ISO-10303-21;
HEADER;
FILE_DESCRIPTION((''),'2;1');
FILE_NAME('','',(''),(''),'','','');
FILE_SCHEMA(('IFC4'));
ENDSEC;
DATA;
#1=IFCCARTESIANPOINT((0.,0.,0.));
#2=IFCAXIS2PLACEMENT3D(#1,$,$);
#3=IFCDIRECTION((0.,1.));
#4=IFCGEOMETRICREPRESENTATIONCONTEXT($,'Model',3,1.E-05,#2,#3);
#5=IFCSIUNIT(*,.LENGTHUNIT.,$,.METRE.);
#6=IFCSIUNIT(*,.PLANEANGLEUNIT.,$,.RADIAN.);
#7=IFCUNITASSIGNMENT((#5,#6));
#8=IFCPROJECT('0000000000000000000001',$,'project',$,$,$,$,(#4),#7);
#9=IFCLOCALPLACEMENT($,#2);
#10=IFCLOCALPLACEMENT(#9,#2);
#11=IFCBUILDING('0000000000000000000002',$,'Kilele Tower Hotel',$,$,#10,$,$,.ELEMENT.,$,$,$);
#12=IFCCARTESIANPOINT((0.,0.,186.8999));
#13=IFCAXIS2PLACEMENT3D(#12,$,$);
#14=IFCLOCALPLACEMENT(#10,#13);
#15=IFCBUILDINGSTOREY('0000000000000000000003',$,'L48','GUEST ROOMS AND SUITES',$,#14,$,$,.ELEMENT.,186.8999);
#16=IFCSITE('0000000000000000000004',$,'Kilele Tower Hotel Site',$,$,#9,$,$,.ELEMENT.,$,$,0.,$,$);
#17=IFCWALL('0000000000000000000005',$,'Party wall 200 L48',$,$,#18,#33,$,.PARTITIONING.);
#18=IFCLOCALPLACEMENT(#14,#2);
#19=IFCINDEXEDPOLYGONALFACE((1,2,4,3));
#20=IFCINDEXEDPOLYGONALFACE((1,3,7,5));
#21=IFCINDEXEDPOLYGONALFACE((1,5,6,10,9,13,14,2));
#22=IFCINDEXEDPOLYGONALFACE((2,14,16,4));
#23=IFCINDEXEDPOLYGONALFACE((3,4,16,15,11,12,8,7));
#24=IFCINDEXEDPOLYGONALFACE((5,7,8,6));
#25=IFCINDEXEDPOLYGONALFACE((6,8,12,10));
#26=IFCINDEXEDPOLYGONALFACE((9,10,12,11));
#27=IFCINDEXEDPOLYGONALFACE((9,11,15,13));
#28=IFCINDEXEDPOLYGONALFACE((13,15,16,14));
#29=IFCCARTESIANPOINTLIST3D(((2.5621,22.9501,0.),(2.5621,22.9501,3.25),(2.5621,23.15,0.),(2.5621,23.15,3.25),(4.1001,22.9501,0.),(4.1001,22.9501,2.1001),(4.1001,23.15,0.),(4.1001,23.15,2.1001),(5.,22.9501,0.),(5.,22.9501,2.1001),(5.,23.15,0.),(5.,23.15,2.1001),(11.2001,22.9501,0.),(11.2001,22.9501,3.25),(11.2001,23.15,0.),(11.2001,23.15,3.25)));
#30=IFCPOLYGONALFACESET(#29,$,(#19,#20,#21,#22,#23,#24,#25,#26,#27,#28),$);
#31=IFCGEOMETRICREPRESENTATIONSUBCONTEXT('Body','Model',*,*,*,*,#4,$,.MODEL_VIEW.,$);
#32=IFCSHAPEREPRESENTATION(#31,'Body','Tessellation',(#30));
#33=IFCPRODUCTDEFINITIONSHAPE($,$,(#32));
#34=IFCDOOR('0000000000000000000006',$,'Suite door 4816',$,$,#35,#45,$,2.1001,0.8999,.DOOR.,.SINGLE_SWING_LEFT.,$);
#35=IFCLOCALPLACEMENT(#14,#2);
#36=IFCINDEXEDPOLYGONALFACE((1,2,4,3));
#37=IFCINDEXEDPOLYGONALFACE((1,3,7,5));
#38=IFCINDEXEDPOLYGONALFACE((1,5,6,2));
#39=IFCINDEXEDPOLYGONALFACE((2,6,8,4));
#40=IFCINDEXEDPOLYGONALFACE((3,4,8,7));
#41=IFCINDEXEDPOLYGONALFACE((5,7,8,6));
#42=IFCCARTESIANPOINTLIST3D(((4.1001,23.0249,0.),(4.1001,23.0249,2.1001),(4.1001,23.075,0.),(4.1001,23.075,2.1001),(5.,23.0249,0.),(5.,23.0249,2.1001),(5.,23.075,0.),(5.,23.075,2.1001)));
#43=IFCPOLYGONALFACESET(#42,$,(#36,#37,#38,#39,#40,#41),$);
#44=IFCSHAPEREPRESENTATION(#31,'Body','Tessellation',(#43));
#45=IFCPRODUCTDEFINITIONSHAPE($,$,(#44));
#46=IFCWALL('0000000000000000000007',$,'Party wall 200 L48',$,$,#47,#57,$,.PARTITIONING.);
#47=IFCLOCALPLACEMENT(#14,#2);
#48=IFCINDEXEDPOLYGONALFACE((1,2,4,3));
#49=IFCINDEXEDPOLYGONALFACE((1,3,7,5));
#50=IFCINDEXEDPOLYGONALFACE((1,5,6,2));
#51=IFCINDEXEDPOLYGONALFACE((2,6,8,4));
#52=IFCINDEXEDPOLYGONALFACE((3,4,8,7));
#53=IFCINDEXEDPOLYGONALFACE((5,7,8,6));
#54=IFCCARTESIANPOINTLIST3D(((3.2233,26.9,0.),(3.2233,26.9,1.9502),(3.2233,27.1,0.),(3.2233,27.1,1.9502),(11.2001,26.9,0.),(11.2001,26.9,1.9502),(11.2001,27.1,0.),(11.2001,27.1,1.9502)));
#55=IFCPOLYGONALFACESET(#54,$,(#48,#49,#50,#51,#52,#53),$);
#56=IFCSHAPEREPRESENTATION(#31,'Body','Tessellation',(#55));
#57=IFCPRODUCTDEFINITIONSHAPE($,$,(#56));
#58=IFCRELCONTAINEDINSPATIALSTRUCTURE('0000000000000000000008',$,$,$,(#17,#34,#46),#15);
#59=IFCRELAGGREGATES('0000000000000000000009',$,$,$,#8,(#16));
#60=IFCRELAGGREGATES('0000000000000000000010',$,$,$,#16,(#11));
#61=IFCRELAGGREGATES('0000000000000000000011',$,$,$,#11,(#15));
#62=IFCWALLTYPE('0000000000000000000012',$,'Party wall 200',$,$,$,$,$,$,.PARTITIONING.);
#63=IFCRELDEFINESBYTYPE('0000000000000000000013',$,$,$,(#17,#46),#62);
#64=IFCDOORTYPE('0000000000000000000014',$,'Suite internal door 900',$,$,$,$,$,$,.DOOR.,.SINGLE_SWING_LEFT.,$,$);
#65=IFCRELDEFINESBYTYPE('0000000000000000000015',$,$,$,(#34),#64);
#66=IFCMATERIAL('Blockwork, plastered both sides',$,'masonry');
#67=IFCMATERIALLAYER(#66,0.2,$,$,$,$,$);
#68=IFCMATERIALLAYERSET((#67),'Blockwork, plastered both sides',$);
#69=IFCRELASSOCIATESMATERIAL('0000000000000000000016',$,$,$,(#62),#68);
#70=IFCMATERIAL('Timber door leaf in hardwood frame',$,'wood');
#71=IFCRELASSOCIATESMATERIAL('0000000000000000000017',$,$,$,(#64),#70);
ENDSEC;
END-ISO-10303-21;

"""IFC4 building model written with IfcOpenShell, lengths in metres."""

from ifc_helpers import new_model, si_unit, direction, frame, frame_2d, origin, place, context, subcontext, project, spatial, rectangle, extrude, material, layer, layer_set, type_object, element, fill, save


model = new_model("IFC4")

# Units and contexts
model_context = context("Model", 3, precision=1e-05, world=origin(), true_north=direction((0.0, 1.0)))
body_context = subcontext(model_context, "Body", "Model", "MODEL_VIEW")
ifc_project = project(units=[si_unit("LENGTHUNIT", "METRE"), si_unit("PLANEANGLEUNIT", "RADIAN")], contexts=[model_context])

# Site, building, storey
site_placement = place(None, origin())
site = spatial("IfcSite", under=ifc_project, at=site_placement, Name="Kilele Tower Hotel Site", CompositionType="ELEMENT", RefElevation=0.0)
building_placement = place(site_placement, origin())
building = spatial("IfcBuilding", under=site, at=building_placement, Name="Kilele Tower Hotel", CompositionType="ELEMENT")
storey_placement = place(building_placement, frame((0.0, 0.0, 186.8999)))
storey = spatial("IfcBuildingStorey", under=building, at=storey_placement, Name="L48", Description="GUEST ROOMS AND SUITES", CompositionType="ELEMENT", Elevation=186.8999)

# Wall, opening, door
ifc_material_1 = material(Name="Blockwork, plastered both sides", Category="masonry")
ifc_layer_1 = layer(ifc_material_1, 0.2)
ifc_layer_set_1 = layer_set([ifc_layer_1], Name="Blockwork, plastered both sides")
wall_type_1 = type_object("IfcWallType", Name="Party wall 200", PredefinedType="PARTITIONING", material=ifc_layer_set_1)
wall_1_placement = place(storey_placement, frame((11.2, 23.05, 0.0), z_axis=(0.0, 0.0, 1.0), x_axis=(-1.0, 0.0, 0.0)))
wall_1 = element("IfcWall", 1, at=wall_1_placement, inside=storey, type_object=wall_type_1, Name="Party wall 200 L48", PredefinedType="PARTITIONING", context=body_context, shape_type="SweptSolid", body=[
    extrude(rectangle(XDim=8.6379, YDim=0.2, at=frame_2d((4.3188, 0.0))), origin(), (0.0, 0.0, 1.0), 3.25),
])
opening_1_placement = place(wall_1_placement, frame((7.0999, 0.0, 0.0), z_axis=(0.0, 0.0, 1.0), x_axis=(-1.0, 0.0, 0.0)))
opening_1 = element("IfcOpeningElement", 2, at=opening_1_placement, cuts=wall_1, PredefinedType="OPENING", context=body_context, shape_type="SweptSolid", body=[
    extrude(rectangle(XDim=0.8999, YDim=2.1001, at=frame_2d((0.45, 1.05))), frame((0.0, 0.1099, 0.0), z_axis=(0.0, -1.0, 0.0), x_axis=(1.0, 0.0, 0.0)), (0.0, 0.0, 1.0), 0.22),
])
ifc_material_2 = material(Name="Timber door leaf in hardwood frame", Category="wood")
door_type_1 = type_object("IfcDoorType", Name="Suite internal door 900", OperationType="SINGLE_SWING_LEFT", PredefinedType="DOOR", material=ifc_material_2)
door_1_placement = place(opening_1_placement, origin())
door_1 = element("IfcDoor", 3, at=door_1_placement, inside=storey, type_object=door_type_1, Name="Suite door 4816", OperationType="SINGLE_SWING_LEFT", OverallHeight=2.1001, OverallWidth=0.8999, PredefinedType="DOOR", context=body_context, shape_type="SweptSolid", body=[
    extrude(rectangle(XDim=0.8999, YDim=2.1001, at=frame_2d((0.45, 1.05))), frame((0.0, 0.0249, 0.0), z_axis=(0.0, -1.0, 0.0), x_axis=(1.0, 0.0, 0.0)), (0.0, 0.0, 1.0), 0.05),
])
fill(opening_1, door_1)

# Wall
wall_2_placement = place(storey_placement, frame((11.2, 27.0, 0.0), z_axis=(0.0, 0.0, 1.0), x_axis=(-1.0, 0.0, 0.0)))
element("IfcWall", 4, at=wall_2_placement, inside=storey, type_object=wall_type_1, Name="Party wall 200 L48", PredefinedType="PARTITIONING", context=body_context, shape_type="SweptSolid", body=[
    extrude(rectangle(XDim=7.9768, YDim=0.2, at=frame_2d((3.9883, 0.0))), origin(), (0.0, 0.0, 1.0), 1.9502),
])

save(model, "model.ifc")
